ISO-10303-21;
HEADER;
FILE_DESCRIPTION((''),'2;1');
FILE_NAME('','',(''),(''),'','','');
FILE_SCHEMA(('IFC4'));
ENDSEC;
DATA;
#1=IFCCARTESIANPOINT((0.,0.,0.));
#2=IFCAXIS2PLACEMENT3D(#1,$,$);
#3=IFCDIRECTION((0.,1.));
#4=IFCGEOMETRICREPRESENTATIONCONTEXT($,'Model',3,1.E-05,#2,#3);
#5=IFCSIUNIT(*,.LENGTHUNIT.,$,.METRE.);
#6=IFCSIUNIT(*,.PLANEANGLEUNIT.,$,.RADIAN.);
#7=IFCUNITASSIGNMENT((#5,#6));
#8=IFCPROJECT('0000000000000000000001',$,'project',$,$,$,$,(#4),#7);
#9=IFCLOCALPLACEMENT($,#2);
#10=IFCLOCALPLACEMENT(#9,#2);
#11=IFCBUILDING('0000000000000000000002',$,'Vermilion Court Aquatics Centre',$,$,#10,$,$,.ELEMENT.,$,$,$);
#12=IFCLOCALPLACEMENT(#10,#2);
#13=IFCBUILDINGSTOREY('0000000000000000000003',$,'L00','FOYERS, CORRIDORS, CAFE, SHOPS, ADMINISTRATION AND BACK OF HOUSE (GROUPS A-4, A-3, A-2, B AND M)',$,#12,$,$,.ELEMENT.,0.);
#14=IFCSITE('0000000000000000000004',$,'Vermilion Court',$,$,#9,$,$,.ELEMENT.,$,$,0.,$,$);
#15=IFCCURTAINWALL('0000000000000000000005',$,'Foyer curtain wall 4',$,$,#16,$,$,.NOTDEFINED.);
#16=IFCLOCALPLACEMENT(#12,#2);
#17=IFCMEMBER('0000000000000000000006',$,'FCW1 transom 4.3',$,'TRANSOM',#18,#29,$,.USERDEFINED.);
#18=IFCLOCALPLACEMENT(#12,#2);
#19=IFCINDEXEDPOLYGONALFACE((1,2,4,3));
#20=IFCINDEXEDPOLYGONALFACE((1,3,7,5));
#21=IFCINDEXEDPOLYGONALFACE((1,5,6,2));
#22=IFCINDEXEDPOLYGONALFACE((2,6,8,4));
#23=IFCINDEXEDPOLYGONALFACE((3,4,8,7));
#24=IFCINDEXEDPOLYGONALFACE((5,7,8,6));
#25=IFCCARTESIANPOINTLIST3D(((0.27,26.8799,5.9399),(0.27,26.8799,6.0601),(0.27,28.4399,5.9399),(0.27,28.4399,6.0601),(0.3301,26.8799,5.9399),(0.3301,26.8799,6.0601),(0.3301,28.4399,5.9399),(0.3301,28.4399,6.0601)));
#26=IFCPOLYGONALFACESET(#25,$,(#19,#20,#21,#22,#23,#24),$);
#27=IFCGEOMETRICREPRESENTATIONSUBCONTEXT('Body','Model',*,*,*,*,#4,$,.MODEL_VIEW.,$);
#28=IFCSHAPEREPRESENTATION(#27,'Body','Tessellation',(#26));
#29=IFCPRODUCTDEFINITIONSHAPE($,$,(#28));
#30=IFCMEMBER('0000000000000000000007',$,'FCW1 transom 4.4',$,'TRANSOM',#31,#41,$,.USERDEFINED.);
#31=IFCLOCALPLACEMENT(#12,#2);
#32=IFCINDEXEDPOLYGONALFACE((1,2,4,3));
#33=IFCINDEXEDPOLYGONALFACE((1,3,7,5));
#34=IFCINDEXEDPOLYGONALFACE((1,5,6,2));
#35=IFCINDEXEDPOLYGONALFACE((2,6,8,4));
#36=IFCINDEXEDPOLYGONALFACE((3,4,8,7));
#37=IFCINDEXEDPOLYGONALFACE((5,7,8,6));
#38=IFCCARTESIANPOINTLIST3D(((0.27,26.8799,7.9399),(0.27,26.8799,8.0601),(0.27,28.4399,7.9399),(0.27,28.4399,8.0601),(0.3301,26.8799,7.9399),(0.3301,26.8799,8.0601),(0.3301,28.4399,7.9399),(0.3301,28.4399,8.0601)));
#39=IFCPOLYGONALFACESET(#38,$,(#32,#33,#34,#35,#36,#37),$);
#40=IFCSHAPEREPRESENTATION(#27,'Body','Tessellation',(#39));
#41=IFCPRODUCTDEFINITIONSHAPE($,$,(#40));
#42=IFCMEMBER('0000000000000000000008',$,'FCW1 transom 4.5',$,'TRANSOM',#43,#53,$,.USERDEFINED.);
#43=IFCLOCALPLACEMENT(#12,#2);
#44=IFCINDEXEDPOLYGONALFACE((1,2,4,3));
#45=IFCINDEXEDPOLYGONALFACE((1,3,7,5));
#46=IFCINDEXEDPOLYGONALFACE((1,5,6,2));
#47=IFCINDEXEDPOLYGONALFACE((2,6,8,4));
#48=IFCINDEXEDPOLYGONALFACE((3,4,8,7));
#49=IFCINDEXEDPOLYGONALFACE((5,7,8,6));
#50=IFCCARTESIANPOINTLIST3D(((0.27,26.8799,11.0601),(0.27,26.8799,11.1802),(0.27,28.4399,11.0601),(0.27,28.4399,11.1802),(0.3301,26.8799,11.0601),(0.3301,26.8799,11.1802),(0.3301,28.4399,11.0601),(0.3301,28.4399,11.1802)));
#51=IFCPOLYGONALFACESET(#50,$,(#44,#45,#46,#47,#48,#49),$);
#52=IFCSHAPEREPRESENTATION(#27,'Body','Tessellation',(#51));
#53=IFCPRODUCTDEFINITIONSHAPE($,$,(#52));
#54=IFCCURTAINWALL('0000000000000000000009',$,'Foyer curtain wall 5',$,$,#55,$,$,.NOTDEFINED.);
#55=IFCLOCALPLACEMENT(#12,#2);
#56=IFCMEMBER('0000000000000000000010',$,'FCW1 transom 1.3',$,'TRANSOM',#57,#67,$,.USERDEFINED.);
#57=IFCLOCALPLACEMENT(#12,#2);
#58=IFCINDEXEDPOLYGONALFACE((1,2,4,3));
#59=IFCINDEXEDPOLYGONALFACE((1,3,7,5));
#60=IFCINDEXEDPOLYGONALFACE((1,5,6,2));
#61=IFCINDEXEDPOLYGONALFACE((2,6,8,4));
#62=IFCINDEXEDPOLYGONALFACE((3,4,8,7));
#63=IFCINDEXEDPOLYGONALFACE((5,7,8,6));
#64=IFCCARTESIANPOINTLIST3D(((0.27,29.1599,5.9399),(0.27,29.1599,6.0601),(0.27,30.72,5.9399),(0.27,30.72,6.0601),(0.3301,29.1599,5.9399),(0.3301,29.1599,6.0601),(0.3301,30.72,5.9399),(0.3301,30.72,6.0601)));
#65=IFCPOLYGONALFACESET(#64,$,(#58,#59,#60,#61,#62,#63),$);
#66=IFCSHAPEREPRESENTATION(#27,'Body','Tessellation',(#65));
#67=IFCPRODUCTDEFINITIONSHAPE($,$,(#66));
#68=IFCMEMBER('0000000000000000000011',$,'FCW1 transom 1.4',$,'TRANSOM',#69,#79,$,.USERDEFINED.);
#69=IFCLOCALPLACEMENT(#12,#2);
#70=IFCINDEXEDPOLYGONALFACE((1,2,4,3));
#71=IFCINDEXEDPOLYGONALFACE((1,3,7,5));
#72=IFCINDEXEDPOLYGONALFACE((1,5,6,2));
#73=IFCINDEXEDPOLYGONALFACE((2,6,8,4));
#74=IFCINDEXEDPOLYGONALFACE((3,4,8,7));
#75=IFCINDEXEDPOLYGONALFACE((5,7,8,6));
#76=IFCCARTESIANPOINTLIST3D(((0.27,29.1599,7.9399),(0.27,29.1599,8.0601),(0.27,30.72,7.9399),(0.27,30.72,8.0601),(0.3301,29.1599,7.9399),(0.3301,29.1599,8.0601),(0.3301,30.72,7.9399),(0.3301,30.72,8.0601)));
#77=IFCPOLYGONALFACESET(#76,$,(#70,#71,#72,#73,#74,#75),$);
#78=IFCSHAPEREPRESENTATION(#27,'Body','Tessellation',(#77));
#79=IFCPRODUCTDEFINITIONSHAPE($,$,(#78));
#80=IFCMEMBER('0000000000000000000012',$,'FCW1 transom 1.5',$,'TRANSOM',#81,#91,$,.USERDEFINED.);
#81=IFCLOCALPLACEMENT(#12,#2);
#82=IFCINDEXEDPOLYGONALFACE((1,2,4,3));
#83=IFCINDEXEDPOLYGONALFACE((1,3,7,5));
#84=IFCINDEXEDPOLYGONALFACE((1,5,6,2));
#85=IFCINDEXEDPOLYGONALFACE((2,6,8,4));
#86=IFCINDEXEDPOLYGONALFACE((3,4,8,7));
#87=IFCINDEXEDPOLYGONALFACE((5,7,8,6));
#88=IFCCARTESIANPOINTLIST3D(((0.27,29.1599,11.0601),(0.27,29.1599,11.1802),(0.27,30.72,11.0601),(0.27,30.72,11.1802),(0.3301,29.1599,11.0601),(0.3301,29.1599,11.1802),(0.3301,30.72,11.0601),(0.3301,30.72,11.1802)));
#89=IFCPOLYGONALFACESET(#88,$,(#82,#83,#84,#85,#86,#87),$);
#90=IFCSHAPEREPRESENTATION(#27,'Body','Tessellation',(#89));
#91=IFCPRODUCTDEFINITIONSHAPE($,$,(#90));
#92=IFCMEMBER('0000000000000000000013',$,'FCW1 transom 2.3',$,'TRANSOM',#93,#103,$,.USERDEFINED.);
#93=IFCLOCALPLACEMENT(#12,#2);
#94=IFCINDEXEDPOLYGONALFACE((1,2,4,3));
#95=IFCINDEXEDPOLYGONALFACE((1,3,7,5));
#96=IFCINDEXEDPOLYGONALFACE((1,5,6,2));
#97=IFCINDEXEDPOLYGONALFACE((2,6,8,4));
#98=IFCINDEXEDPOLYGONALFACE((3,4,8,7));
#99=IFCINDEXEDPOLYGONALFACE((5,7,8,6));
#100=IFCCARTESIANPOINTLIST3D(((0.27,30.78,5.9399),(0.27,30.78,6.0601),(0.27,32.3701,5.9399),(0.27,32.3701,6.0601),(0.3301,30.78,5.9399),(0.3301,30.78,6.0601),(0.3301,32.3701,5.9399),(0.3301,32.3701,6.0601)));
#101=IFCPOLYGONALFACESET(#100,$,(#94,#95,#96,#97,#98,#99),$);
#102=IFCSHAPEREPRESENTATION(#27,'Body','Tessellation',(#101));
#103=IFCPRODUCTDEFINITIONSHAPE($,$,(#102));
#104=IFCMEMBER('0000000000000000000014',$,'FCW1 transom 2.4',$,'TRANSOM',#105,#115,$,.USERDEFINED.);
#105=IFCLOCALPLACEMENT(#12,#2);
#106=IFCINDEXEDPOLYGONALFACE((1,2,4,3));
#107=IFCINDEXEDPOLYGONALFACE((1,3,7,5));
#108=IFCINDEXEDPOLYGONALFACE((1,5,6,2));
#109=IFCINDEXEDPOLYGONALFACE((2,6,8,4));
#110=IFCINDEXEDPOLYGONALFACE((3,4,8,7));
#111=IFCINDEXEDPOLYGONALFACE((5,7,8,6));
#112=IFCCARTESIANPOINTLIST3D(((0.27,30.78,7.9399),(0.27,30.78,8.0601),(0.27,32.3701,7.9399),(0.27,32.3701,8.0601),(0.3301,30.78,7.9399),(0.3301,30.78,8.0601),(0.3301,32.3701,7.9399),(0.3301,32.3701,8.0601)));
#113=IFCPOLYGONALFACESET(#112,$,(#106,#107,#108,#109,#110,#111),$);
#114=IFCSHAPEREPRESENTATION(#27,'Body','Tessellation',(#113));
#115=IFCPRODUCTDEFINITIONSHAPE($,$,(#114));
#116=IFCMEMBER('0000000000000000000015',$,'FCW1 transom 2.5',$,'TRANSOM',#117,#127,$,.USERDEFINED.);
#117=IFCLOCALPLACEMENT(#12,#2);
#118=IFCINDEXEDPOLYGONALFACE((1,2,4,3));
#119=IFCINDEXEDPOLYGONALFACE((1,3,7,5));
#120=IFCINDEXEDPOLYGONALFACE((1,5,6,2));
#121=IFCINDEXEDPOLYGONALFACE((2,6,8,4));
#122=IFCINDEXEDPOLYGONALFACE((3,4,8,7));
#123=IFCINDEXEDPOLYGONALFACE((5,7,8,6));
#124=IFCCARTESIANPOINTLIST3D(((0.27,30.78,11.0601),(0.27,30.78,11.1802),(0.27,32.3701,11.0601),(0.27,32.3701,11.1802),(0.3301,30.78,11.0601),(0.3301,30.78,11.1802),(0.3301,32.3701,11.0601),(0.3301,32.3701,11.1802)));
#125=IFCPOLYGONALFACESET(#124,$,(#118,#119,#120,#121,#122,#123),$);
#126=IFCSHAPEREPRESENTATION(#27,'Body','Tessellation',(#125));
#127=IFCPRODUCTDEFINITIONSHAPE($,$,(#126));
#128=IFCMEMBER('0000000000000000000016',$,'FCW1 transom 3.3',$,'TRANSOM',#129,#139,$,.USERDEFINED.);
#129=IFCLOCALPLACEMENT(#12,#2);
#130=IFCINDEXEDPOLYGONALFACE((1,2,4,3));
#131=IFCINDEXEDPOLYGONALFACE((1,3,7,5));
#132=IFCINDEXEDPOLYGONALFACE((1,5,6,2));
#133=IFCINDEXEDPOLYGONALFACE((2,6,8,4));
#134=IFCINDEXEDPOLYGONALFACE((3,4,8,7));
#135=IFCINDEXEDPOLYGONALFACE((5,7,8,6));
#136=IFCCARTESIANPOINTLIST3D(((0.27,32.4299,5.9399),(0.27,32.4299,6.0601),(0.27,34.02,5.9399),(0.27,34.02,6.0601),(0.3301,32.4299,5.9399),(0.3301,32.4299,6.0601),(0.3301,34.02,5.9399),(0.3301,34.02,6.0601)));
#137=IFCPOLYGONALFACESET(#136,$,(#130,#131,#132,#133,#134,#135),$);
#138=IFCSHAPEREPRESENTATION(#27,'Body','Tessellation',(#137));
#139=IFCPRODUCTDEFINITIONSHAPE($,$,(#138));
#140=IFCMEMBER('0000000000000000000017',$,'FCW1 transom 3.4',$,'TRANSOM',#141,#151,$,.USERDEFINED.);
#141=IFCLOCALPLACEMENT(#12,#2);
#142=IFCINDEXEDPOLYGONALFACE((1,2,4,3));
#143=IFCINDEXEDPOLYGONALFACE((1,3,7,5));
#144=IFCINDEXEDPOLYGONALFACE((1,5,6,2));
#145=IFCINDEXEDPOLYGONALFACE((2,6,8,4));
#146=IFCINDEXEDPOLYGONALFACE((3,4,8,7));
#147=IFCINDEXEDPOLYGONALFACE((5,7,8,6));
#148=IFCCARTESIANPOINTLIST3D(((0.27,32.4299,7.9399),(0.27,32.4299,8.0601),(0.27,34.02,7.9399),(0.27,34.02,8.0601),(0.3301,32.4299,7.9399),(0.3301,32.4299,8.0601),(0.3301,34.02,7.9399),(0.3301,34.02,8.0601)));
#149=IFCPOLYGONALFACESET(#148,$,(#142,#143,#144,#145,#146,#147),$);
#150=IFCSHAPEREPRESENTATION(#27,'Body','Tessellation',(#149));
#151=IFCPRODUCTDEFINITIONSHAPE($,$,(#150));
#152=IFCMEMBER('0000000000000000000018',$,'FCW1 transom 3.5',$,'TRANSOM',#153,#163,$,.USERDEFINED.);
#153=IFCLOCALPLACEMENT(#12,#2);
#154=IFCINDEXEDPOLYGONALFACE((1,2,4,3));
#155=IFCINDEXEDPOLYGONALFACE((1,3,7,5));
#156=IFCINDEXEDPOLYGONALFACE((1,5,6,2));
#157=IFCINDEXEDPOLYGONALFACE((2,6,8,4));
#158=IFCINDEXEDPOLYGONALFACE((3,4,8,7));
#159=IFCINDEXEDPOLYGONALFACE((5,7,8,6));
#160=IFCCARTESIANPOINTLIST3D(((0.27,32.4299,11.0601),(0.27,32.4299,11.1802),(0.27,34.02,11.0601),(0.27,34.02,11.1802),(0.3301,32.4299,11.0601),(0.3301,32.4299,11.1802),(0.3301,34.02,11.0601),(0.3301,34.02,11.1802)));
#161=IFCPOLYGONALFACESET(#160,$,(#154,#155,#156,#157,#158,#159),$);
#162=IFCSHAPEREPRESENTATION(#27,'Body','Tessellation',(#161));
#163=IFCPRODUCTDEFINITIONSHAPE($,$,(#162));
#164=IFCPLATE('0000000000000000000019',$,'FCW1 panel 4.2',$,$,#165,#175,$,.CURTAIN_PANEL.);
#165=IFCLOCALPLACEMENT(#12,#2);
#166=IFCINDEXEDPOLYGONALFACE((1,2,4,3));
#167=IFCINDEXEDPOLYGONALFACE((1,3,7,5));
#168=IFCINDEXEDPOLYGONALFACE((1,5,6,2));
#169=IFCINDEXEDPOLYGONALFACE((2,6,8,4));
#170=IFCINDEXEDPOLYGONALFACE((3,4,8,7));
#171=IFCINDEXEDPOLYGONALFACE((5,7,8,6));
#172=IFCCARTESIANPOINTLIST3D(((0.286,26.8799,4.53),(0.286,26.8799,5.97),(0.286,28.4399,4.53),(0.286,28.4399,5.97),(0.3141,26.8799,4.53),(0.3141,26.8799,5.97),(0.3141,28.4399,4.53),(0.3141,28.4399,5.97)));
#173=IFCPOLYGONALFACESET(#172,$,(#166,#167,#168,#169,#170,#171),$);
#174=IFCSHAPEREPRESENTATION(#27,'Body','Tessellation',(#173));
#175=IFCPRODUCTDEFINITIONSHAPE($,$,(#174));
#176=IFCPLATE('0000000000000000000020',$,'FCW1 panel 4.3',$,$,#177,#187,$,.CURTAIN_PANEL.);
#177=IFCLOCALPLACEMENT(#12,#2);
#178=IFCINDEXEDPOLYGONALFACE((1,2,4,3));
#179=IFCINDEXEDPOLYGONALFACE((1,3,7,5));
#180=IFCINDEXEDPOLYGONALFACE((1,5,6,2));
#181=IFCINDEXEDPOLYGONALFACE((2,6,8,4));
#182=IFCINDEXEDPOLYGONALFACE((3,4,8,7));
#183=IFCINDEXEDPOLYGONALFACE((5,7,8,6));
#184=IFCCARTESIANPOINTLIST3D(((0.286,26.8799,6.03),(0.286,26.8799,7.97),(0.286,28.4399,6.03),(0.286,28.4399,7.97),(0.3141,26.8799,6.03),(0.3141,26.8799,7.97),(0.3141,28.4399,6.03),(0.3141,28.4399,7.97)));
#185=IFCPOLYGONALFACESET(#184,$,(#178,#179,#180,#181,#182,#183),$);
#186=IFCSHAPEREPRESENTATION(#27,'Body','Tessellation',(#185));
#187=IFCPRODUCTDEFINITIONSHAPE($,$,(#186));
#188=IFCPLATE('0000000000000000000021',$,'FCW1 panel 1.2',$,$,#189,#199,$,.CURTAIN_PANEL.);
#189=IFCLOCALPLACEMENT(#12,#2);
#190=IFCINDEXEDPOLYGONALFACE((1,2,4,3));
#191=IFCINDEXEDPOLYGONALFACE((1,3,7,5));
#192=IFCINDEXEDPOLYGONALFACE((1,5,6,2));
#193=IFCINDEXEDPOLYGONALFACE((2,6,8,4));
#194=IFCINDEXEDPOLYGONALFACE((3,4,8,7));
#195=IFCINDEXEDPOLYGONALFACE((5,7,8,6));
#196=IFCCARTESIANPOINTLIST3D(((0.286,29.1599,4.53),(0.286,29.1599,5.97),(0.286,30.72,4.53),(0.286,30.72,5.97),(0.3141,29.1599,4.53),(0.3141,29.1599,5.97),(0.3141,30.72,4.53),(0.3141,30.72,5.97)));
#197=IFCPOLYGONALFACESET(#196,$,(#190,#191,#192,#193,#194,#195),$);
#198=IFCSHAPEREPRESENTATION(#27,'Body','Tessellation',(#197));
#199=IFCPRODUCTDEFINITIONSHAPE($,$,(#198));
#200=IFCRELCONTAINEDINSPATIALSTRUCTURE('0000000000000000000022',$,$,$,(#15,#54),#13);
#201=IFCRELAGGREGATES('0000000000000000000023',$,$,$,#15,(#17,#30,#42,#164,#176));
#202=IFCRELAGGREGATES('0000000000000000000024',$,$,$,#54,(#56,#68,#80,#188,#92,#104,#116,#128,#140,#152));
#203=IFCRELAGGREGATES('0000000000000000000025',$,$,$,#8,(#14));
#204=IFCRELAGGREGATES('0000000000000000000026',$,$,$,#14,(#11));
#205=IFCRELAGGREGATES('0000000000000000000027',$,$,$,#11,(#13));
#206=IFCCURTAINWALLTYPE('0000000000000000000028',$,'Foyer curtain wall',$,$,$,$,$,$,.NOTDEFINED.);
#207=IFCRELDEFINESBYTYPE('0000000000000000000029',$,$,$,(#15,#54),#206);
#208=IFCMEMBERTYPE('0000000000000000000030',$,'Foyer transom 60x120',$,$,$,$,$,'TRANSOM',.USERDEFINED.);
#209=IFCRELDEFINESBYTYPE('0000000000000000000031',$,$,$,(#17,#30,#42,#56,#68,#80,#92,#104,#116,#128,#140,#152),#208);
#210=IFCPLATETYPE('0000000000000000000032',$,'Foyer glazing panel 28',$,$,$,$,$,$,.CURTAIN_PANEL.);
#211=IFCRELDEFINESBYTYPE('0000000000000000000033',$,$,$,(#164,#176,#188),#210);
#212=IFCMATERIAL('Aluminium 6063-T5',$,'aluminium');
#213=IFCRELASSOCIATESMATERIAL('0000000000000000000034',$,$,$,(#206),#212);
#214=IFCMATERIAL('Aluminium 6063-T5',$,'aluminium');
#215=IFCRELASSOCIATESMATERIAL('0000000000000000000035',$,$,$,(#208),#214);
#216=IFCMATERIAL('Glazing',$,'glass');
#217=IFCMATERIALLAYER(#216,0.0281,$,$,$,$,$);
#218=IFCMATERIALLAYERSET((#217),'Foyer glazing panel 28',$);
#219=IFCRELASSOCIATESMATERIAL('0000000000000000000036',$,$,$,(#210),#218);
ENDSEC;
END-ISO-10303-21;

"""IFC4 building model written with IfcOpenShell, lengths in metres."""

from ifc_helpers import new_model, si_unit, direction, frame, origin, origin_2d, place, context, subcontext, project, spatial, rectangle, extrude, material, layer, layer_set, material_profile, profile_set, type_object, element, aggregate, save


model = new_model("IFC4")

# Units and contexts
model_context = context("Model", 3, precision=1e-05, world=origin(), true_north=direction((0.0, 1.0)))
body_context = subcontext(model_context, "Body", "Model", "MODEL_VIEW")
ifc_project = project(units=[si_unit("LENGTHUNIT", "METRE"), si_unit("PLANEANGLEUNIT", "RADIAN")], contexts=[model_context])

# Site, building, storey
site_placement = place(None, origin())
site = spatial("IfcSite", under=ifc_project, at=site_placement, Name="Vermilion Court", CompositionType="ELEMENT", RefElevation=0.0)
building_placement = place(site_placement, origin())
building = spatial("IfcBuilding", under=site, at=building_placement, Name="Vermilion Court Aquatics Centre", CompositionType="ELEMENT")
storey_placement = place(building_placement, origin())
storey = spatial("IfcBuildingStorey", under=building, at=storey_placement, Name="L00", Description="FOYERS, CORRIDORS, CAFE, SHOPS, ADMINISTRATION AND BACK OF HOUSE (GROUPS A-4, A-3, A-2, B AND M)", CompositionType="ELEMENT", Elevation=0.0)

# Curtain walls, members
ifc_material_1 = material(Name="Aluminium 6063-T5", Category="aluminium")
curtain_wall_type = type_object("IfcCurtainWallType", Name="Foyer curtain wall", PredefinedType="NOTDEFINED", material=ifc_material_1)
curtain_wall_1_placement = place(storey_placement, origin())
curtain_wall_1 = element("IfcCurtainWall", 1, at=curtain_wall_1_placement, inside=storey, type_object=curtain_wall_type, Name="Foyer curtain wall 4", PredefinedType="NOTDEFINED")
ifc_material_2 = material(Name="Aluminium 6063-T5", Category="aluminium")
ifc_material_profile = material_profile(ifc_material_2, rectangle(XDim=0.0601, YDim=0.1201, at=origin_2d()), Name="Aluminium 60x120")
ifc_profile_set = profile_set([ifc_material_profile], Name="Aluminium 6063-T5")
member_type = type_object("IfcMemberType", Name="Foyer transom 60x120", ElementType="TRANSOM", PredefinedType="USERDEFINED", material=ifc_profile_set)
member_1_placement = place(storey_placement, frame((0.3, 26.8799, 6.0), z_axis=(0.0, 1.0, 0.0), x_axis=(-1.0, 0.0, 0.0)))
member_1 = element("IfcMember", 2, at=member_1_placement, type_object=member_type, Name="FCW1 transom 4.3", ObjectType="TRANSOM", PredefinedType="USERDEFINED", context=body_context, shape_type="SweptSolid", body=[
    extrude(rectangle(XDim=0.0601, YDim=0.1201, at=origin_2d()), origin(), (0.0, 0.0, 1.0), 1.5601),
])
member_2_placement = place(storey_placement, frame((0.3, 26.8799, 8.0), z_axis=(0.0, 1.0, 0.0), x_axis=(-1.0, 0.0, 0.0)))
member_2 = element("IfcMember", 3, at=member_2_placement, type_object=member_type, Name="FCW1 transom 4.4", ObjectType="TRANSOM", PredefinedType="USERDEFINED", context=body_context, shape_type="SweptSolid", body=[
    extrude(rectangle(XDim=0.0601, YDim=0.1201, at=origin_2d()), origin(), (0.0, 0.0, 1.0), 1.5601),
])
member_3_placement = place(storey_placement, frame((0.3, 26.8799, 11.1201), z_axis=(0.0, 1.0, 0.0), x_axis=(-1.0, 0.0, 0.0)))
member_3 = element("IfcMember", 4, at=member_3_placement, type_object=member_type, Name="FCW1 transom 4.5", ObjectType="TRANSOM", PredefinedType="USERDEFINED", context=body_context, shape_type="SweptSolid", body=[
    extrude(rectangle(XDim=0.0601, YDim=0.1201, at=origin_2d()), origin(), (0.0, 0.0, 1.0), 1.5601),
])
curtain_wall_2_placement = place(storey_placement, origin())
curtain_wall_2 = element("IfcCurtainWall", 5, at=curtain_wall_2_placement, inside=storey, type_object=curtain_wall_type, Name="Foyer curtain wall 5", PredefinedType="NOTDEFINED")
member_4_placement = place(storey_placement, frame((0.3, 29.1599, 6.0), z_axis=(0.0, 1.0, 0.0), x_axis=(-1.0, 0.0, 0.0)))
member_4 = element("IfcMember", 6, at=member_4_placement, type_object=member_type, Name="FCW1 transom 1.3", ObjectType="TRANSOM", PredefinedType="USERDEFINED", context=body_context, shape_type="SweptSolid", body=[
    extrude(rectangle(XDim=0.0601, YDim=0.1201, at=origin_2d()), origin(), (0.0, 0.0, 1.0), 1.5601),
])
member_5_placement = place(storey_placement, frame((0.3, 29.1599, 8.0), z_axis=(0.0, 1.0, 0.0), x_axis=(-1.0, 0.0, 0.0)))
member_5 = element("IfcMember", 7, at=member_5_placement, type_object=member_type, Name="FCW1 transom 1.4", ObjectType="TRANSOM", PredefinedType="USERDEFINED", context=body_context, shape_type="SweptSolid", body=[
    extrude(rectangle(XDim=0.0601, YDim=0.1201, at=origin_2d()), origin(), (0.0, 0.0, 1.0), 1.5601),
])
member_6_placement = place(storey_placement, frame((0.3, 29.1599, 11.1201), z_axis=(0.0, 1.0, 0.0), x_axis=(-1.0, 0.0, 0.0)))
member_6 = element("IfcMember", 8, at=member_6_placement, type_object=member_type, Name="FCW1 transom 1.5", ObjectType="TRANSOM", PredefinedType="USERDEFINED", context=body_context, shape_type="SweptSolid", body=[
    extrude(rectangle(XDim=0.0601, YDim=0.1201, at=origin_2d()), origin(), (0.0, 0.0, 1.0), 1.5601),
])
member_7_placement = place(storey_placement, frame((0.3, 30.78, 6.0), z_axis=(0.0, 1.0, 0.0), x_axis=(-1.0, 0.0, 0.0)))
member_7 = element("IfcMember", 9, at=member_7_placement, type_object=member_type, Name="FCW1 transom 2.3", ObjectType="TRANSOM", PredefinedType="USERDEFINED", context=body_context, shape_type="SweptSolid", body=[
    extrude(rectangle(XDim=0.0601, YDim=0.1201, at=origin_2d()), origin(), (0.0, 0.0, 1.0), 1.5901),
])
member_8_placement = place(storey_placement, frame((0.3, 30.78, 8.0), z_axis=(0.0, 1.0, 0.0), x_axis=(-1.0, 0.0, 0.0)))
member_8 = element("IfcMember", 10, at=member_8_placement, type_object=member_type, Name="FCW1 transom 2.4", ObjectType="TRANSOM", PredefinedType="USERDEFINED", context=body_context, shape_type="SweptSolid", body=[
    extrude(rectangle(XDim=0.0601, YDim=0.1201, at=origin_2d()), origin(), (0.0, 0.0, 1.0), 1.5901),
])
member_9_placement = place(storey_placement, frame((0.3, 30.78, 11.1201), z_axis=(0.0, 1.0, 0.0), x_axis=(-1.0, 0.0, 0.0)))
member_9 = element("IfcMember", 11, at=member_9_placement, type_object=member_type, Name="FCW1 transom 2.5", ObjectType="TRANSOM", PredefinedType="USERDEFINED", context=body_context, shape_type="SweptSolid", body=[
    extrude(rectangle(XDim=0.0601, YDim=0.1201, at=origin_2d()), origin(), (0.0, 0.0, 1.0), 1.5901),
])
member_10_placement = place(storey_placement, frame((0.3, 32.4299, 6.0), z_axis=(0.0, 1.0, 0.0), x_axis=(-1.0, 0.0, 0.0)))
member_10 = element("IfcMember", 12, at=member_10_placement, type_object=member_type, Name="FCW1 transom 3.3", ObjectType="TRANSOM", PredefinedType="USERDEFINED", context=body_context, shape_type="SweptSolid", body=[
    extrude(rectangle(XDim=0.0601, YDim=0.1201, at=origin_2d()), origin(), (0.0, 0.0, 1.0), 1.5901),
])
member_11_placement = place(storey_placement, frame((0.3, 32.4299, 8.0), z_axis=(0.0, 1.0, 0.0), x_axis=(-1.0, 0.0, 0.0)))
member_11 = element("IfcMember", 13, at=member_11_placement, type_object=member_type, Name="FCW1 transom 3.4", ObjectType="TRANSOM", PredefinedType="USERDEFINED", context=body_context, shape_type="SweptSolid", body=[
    extrude(rectangle(XDim=0.0601, YDim=0.1201, at=origin_2d()), origin(), (0.0, 0.0, 1.0), 1.5901),
])
member_12_placement = place(storey_placement, frame((0.3, 32.4299, 11.1201), z_axis=(0.0, 1.0, 0.0), x_axis=(-1.0, 0.0, 0.0)))
member_12 = element("IfcMember", 14, at=member_12_placement, type_object=member_type, Name="FCW1 transom 3.5", ObjectType="TRANSOM", PredefinedType="USERDEFINED", context=body_context, shape_type="SweptSolid", body=[
    extrude(rectangle(XDim=0.0601, YDim=0.1201, at=origin_2d()), origin(), (0.0, 0.0, 1.0), 1.5901),
])

# Plates
ifc_material_3 = material(Name="Glazing", Category="glass")
ifc_layer_1 = layer(ifc_material_3, 0.0281)
ifc_layer_set_1 = layer_set([ifc_layer_1], Name="Foyer glazing panel 28")
plate_type_1 = type_object("IfcPlateType", Name="Foyer glazing panel 28", PredefinedType="CURTAIN_PANEL", material=ifc_layer_set_1)
plate_1_placement = place(storey_placement, frame((0.3, 27.6599, 4.53), z_axis=(0.0, 0.0, 1.0), x_axis=(0.0, 1.0, 0.0)))
plate_1 = element("IfcPlate", 15, at=plate_1_placement, type_object=plate_type_1, Name="FCW1 panel 4.2", PredefinedType="CURTAIN_PANEL", context=body_context, shape_type="SweptSolid", body=[
    extrude(rectangle(XDim=1.5601, YDim=0.0281, at=origin_2d()), origin(), (0.0, 0.0, 1.0), 1.4399),
])
plate_2_placement = place(storey_placement, frame((0.3, 27.6599, 6.03), z_axis=(0.0, 0.0, 1.0), x_axis=(0.0, 1.0, 0.0)))
plate_2 = element("IfcPlate", 16, at=plate_2_placement, type_object=plate_type_1, Name="FCW1 panel 4.3", PredefinedType="CURTAIN_PANEL", context=body_context, shape_type="SweptSolid", body=[
    extrude(rectangle(XDim=1.5601, YDim=0.0281, at=origin_2d()), origin(), (0.0, 0.0, 1.0), 1.9399),
])
plate_3_placement = place(storey_placement, frame((0.3, 29.9399, 4.53), z_axis=(0.0, 0.0, 1.0), x_axis=(0.0, 1.0, 0.0)))
plate_3 = element("IfcPlate", 17, at=plate_3_placement, type_object=plate_type_1, Name="FCW1 panel 1.2", PredefinedType="CURTAIN_PANEL", context=body_context, shape_type="SweptSolid", body=[
    extrude(rectangle(XDim=1.5601, YDim=0.0281, at=origin_2d()), origin(), (0.0, 0.0, 1.0), 1.4399),
])
aggregate(curtain_wall_1, [member_1, member_2, member_3, plate_1, plate_2])
aggregate(curtain_wall_2, [member_4, member_5, member_6, plate_3, member_7, member_8, member_9, member_10, member_11, member_12])

save(model, "model.ifc")
